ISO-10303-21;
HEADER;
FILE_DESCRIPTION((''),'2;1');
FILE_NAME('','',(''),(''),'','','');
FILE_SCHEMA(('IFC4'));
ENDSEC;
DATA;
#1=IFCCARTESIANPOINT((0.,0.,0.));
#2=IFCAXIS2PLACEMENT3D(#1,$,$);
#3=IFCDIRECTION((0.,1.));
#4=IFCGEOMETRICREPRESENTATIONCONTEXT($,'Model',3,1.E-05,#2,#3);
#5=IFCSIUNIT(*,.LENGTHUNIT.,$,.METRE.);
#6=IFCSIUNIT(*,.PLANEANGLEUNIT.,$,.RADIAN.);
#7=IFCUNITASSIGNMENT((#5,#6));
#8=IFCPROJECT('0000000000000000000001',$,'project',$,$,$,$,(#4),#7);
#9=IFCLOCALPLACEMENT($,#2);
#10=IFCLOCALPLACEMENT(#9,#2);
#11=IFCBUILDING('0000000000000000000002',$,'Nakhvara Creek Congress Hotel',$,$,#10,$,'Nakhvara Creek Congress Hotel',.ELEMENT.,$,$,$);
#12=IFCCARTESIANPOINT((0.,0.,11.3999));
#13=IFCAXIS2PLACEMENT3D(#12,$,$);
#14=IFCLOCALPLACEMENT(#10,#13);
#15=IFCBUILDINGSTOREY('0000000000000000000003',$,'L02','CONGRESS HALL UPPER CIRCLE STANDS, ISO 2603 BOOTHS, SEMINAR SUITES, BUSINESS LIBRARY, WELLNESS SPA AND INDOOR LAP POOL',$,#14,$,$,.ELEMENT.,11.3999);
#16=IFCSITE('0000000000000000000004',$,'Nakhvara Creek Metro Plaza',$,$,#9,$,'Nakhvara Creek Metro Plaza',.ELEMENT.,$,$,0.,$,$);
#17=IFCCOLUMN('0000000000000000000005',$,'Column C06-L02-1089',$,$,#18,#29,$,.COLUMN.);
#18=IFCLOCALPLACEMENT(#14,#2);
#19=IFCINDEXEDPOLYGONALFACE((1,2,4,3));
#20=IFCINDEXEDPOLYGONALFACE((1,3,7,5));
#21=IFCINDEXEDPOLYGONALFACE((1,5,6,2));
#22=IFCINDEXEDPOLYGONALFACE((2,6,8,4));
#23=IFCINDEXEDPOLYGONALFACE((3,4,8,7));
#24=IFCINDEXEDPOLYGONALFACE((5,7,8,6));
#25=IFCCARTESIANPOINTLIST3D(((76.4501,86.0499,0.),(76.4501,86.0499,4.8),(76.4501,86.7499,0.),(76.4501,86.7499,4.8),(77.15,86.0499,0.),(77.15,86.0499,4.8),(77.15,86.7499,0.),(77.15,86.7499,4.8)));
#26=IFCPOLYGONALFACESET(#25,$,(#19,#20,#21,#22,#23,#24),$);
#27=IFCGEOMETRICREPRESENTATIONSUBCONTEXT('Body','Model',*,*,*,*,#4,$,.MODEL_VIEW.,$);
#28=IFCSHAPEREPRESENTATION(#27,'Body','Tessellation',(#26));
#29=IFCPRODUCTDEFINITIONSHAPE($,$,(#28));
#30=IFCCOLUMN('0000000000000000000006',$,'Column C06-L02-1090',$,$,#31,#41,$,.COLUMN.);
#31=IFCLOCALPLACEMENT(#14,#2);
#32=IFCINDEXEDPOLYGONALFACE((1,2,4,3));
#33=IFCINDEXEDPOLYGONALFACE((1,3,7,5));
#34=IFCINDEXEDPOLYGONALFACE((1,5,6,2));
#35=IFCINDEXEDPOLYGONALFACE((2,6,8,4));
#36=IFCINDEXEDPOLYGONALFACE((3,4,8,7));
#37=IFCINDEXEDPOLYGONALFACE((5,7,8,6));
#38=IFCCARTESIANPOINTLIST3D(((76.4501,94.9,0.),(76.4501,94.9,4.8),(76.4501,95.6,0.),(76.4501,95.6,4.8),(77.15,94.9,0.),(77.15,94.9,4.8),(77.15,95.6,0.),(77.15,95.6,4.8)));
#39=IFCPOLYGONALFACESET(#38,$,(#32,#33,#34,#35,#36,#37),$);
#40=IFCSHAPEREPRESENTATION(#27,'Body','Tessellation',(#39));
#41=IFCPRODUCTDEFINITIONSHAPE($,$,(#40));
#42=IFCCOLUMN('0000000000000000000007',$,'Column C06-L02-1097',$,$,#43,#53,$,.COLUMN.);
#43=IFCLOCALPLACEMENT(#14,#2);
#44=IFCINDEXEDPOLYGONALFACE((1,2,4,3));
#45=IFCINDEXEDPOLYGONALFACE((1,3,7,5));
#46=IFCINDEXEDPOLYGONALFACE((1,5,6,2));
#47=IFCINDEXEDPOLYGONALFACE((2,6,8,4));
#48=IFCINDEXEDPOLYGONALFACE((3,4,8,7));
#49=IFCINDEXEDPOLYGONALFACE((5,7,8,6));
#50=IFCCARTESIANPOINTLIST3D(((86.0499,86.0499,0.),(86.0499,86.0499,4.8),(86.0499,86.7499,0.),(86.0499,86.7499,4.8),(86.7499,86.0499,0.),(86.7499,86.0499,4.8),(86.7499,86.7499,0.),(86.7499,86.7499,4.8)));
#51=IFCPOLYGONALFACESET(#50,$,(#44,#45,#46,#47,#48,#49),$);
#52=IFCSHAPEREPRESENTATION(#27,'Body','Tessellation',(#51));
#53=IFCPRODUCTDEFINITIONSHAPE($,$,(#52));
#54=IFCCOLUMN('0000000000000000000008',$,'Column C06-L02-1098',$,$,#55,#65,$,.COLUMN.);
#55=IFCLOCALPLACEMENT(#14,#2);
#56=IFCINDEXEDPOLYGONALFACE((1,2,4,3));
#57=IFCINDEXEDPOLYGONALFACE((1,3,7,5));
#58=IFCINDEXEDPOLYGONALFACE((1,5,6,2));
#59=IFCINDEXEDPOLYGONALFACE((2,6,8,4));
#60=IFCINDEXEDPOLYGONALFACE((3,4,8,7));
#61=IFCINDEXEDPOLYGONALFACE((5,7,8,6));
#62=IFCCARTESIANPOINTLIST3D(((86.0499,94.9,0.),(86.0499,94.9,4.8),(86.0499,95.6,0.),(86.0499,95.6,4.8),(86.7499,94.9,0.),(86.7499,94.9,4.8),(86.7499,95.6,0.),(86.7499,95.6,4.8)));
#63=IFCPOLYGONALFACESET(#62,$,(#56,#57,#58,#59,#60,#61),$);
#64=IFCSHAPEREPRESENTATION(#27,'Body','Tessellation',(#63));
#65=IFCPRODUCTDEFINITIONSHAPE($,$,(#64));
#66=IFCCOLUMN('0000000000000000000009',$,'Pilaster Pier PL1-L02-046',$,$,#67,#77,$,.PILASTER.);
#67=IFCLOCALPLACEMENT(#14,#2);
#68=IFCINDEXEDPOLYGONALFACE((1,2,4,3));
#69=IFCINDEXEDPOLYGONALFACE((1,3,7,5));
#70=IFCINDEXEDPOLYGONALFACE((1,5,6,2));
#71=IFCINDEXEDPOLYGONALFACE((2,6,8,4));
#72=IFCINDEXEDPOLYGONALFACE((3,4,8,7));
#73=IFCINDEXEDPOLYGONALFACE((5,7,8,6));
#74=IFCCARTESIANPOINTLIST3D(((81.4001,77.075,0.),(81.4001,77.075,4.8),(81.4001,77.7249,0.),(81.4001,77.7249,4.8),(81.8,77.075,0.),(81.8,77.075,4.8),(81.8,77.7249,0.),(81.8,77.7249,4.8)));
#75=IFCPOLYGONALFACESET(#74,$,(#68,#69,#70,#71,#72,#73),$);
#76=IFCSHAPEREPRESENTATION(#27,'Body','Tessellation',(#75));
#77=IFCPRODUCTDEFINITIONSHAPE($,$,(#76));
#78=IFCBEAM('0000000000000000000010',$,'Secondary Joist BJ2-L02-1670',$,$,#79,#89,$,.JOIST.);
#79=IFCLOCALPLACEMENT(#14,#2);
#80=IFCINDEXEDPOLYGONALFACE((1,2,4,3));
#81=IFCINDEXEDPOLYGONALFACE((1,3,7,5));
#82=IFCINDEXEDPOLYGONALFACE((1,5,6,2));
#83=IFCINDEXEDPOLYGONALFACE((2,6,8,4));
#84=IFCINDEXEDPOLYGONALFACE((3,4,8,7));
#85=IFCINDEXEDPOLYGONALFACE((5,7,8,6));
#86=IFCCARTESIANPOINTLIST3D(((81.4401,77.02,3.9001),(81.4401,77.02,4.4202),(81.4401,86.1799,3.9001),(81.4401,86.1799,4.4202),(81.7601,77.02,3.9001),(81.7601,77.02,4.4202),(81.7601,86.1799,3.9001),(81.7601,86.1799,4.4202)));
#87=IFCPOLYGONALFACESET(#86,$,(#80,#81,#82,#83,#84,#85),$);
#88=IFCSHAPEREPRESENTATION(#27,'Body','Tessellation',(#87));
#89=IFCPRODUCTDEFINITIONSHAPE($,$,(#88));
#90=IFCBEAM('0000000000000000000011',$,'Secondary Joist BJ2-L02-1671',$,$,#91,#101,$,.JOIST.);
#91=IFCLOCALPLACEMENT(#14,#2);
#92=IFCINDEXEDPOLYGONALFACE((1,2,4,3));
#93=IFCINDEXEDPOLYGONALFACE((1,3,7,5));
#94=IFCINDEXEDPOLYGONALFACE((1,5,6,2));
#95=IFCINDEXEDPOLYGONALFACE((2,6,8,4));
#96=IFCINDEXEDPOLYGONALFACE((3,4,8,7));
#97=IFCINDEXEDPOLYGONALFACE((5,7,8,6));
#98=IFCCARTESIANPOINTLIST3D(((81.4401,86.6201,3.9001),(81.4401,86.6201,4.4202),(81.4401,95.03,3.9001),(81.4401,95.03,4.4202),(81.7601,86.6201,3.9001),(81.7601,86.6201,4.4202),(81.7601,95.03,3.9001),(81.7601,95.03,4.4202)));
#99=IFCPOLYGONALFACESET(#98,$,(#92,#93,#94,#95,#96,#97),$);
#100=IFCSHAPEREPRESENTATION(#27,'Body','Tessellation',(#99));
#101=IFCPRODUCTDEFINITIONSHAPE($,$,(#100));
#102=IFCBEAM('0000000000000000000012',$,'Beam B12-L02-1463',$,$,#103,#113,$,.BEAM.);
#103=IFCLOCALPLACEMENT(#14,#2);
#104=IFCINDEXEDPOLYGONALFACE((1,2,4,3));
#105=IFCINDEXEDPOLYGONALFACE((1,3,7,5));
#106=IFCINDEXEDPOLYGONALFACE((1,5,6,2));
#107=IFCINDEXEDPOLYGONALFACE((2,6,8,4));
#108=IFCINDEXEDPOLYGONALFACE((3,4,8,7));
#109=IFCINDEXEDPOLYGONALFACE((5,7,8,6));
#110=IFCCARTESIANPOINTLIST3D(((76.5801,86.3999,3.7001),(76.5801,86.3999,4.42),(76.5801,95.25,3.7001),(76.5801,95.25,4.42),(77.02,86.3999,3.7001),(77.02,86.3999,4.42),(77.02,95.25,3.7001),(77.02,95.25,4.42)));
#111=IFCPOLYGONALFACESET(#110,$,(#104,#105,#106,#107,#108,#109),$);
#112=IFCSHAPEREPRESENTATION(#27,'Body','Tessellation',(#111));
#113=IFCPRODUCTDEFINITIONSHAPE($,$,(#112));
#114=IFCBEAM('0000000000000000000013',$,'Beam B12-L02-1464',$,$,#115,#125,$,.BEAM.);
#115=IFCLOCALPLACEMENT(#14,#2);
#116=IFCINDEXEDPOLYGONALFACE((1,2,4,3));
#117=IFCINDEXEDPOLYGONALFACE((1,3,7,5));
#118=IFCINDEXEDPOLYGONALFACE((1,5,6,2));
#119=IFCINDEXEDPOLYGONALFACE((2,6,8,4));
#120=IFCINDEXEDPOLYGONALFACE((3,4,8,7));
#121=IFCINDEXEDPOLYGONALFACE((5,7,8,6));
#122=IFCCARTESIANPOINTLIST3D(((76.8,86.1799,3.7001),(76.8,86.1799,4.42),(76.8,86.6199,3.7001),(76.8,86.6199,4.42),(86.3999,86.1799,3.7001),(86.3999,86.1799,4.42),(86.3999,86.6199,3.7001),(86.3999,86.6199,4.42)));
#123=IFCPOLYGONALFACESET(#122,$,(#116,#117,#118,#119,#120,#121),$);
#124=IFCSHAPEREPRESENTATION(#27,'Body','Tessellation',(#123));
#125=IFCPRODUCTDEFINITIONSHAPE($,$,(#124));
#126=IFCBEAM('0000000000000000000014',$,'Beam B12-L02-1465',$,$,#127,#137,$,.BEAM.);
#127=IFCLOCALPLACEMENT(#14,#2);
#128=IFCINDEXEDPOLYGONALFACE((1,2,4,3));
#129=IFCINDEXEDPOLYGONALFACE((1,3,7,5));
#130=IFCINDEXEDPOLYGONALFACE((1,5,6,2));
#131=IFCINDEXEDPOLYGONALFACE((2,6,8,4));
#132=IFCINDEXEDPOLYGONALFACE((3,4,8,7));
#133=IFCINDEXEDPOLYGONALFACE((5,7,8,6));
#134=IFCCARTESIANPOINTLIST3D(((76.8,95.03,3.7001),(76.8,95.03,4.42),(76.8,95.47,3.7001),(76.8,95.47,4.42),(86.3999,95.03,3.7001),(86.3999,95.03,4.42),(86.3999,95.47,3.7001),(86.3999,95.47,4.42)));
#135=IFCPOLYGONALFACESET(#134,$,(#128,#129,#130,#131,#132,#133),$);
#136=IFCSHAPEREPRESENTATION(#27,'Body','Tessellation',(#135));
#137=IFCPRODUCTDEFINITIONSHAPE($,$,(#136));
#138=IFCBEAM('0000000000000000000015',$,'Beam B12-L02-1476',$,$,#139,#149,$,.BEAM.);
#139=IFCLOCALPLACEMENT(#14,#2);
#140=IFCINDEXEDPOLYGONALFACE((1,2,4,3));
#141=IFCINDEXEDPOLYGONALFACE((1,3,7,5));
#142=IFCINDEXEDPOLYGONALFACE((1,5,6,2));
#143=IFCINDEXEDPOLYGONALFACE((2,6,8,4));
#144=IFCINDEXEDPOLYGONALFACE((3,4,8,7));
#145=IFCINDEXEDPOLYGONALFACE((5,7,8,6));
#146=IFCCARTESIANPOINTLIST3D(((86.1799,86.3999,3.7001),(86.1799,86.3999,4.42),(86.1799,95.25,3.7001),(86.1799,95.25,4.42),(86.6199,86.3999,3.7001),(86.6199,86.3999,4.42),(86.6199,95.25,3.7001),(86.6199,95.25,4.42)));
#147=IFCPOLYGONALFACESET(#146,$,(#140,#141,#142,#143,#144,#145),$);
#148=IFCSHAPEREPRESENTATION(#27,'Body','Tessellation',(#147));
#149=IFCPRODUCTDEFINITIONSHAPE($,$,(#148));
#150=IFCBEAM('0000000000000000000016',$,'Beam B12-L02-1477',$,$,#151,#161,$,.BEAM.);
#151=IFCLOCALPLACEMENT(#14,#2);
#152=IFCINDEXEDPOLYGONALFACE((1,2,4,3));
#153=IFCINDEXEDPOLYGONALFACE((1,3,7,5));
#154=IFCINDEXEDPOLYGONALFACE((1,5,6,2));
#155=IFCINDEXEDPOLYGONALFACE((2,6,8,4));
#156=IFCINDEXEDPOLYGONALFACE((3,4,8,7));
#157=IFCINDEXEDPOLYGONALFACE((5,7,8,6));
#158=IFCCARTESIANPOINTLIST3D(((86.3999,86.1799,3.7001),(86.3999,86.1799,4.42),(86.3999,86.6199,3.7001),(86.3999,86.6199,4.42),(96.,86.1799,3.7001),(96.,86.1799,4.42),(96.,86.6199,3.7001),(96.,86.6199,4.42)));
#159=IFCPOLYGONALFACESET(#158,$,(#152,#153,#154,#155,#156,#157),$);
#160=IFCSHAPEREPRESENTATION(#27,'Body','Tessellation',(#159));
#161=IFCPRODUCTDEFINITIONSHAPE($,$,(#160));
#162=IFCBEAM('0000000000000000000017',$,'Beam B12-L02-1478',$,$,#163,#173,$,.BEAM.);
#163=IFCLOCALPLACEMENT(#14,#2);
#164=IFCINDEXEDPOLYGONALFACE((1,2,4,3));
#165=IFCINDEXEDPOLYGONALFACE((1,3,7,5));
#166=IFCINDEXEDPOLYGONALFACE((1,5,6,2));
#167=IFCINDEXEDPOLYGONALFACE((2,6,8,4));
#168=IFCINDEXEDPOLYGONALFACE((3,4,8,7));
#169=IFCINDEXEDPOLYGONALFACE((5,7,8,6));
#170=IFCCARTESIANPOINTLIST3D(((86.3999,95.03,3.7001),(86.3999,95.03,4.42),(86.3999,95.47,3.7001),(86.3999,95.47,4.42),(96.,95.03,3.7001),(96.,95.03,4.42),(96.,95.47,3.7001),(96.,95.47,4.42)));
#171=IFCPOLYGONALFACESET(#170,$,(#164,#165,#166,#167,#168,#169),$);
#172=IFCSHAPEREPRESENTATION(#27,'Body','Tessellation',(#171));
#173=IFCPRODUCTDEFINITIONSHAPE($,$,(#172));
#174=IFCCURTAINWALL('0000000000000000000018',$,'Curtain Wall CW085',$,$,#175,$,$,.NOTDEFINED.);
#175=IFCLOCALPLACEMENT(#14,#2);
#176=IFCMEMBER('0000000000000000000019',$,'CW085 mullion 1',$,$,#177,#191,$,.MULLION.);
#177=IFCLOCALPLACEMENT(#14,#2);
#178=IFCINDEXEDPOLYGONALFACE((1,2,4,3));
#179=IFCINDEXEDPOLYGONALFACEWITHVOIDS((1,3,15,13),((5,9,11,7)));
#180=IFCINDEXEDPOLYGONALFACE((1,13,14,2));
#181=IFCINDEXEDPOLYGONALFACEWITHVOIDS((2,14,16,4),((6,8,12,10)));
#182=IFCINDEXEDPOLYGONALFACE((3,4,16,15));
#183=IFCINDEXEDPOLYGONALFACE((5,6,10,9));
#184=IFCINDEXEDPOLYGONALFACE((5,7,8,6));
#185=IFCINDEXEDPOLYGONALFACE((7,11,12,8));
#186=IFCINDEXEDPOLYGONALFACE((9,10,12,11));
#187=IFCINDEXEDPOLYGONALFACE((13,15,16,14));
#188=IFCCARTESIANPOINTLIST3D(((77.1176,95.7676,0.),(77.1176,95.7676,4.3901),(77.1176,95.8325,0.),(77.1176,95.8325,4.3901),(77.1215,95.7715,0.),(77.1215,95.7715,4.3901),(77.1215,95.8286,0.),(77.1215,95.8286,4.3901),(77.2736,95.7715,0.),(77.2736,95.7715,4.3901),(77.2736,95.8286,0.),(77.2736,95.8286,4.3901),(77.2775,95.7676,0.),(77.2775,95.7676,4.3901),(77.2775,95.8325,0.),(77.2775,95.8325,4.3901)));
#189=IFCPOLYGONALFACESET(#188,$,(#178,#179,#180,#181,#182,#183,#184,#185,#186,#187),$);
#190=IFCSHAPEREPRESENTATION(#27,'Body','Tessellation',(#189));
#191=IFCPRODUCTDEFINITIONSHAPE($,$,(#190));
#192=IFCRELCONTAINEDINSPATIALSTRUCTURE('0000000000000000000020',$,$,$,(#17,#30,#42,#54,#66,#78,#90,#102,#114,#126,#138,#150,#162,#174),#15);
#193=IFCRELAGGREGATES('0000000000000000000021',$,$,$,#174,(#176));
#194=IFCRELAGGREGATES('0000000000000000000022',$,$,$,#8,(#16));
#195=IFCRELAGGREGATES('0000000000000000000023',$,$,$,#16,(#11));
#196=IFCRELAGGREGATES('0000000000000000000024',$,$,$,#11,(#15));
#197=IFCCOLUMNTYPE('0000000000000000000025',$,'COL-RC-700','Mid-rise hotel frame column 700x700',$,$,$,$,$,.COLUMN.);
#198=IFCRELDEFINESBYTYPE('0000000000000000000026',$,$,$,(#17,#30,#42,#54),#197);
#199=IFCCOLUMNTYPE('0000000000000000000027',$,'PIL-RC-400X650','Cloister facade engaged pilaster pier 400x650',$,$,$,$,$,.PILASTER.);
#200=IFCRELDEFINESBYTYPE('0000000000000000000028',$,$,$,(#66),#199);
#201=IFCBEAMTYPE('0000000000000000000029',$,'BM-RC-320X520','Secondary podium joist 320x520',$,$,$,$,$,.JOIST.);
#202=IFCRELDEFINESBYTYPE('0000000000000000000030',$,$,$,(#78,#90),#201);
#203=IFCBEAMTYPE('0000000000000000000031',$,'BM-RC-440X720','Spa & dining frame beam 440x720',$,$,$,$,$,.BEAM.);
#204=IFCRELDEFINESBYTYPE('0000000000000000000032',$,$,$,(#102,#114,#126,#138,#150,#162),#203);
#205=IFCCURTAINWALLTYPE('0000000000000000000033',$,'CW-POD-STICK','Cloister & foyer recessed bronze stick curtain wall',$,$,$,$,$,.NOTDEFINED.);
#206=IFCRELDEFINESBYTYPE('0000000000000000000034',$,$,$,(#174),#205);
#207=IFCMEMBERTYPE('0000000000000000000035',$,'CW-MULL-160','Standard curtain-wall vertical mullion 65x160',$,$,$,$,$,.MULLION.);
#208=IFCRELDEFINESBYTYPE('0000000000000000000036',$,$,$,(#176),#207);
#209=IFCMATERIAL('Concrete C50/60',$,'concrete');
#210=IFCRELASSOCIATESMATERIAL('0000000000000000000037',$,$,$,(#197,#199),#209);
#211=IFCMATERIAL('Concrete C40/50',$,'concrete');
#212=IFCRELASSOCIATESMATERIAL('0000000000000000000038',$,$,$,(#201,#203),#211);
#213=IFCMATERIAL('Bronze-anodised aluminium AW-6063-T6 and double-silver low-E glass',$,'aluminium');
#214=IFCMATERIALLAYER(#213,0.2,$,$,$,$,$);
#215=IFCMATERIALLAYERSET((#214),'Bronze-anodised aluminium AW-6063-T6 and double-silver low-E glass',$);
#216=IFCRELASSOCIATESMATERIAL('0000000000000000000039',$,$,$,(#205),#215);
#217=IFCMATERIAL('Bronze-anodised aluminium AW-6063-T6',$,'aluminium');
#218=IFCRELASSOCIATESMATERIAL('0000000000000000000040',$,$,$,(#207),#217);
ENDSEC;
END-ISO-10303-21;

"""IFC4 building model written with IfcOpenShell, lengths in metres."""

from ifc_helpers import new_model, si_unit, direction, frame, origin, origin_2d, place, context, subcontext, project, spatial, rectangle, hollow_rectangle, extrude, material, layer, layer_set, material_profile, profile_set, type_object, element, aggregate, save


model = new_model("IFC4")

# Units and contexts
model_context = context("Model", 3, precision=1e-05, world=origin(), true_north=direction((0.0, 1.0)))
body_context = subcontext(model_context, "Body", "Model", "MODEL_VIEW")
ifc_project = project(units=[si_unit("LENGTHUNIT", "METRE"), si_unit("PLANEANGLEUNIT", "RADIAN")], contexts=[model_context])

# Site, building, storey
site_placement = place(None, origin())
site = spatial("IfcSite", under=ifc_project, at=site_placement, Name="Nakhvara Creek Metro Plaza", LongName="Nakhvara Creek Metro Plaza", CompositionType="ELEMENT", RefElevation=0.0)
building_placement = place(site_placement, origin())
building = spatial("IfcBuilding", under=site, at=building_placement, Name="Nakhvara Creek Congress Hotel", LongName="Nakhvara Creek Congress Hotel", CompositionType="ELEMENT")
storey_placement = place(building_placement, frame((0.0, 0.0, 11.3999)))
storey = spatial("IfcBuildingStorey", under=building, at=storey_placement, Name="L02", Description="CONGRESS HALL UPPER CIRCLE STANDS, ISO 2603 BOOTHS, SEMINAR SUITES, BUSINESS LIBRARY, WELLNESS SPA AND INDOOR LAP POOL", CompositionType="ELEMENT", Elevation=11.3999)

# Columns
ifc_material_1 = material(Name="Concrete C50/60", Category="concrete")
ifc_material_profile_1 = material_profile(ifc_material_1, rectangle(XDim=0.7, YDim=0.7, at=origin_2d()), Name="RC-COL 700x700", Category="LoadBearing")
ifc_profile_set_1 = profile_set([ifc_material_profile_1], Name="Concrete C50/60")
column_type_1 = type_object("IfcColumnType", Name="COL-RC-700", Description="Mid-rise hotel frame column 700x700", PredefinedType="COLUMN", material=ifc_profile_set_1)
for number, where, z_axis, x_axis, name in (
    (1, (76.8, 86.3999, 0.0), (0.0, 0.0, 1.0), (1.0, 0.0, 0.0), "Column C06-L02-1089"),
    (2, (76.8, 95.25, 0.0), (0.0, 0.0, 1.0), (1.0, 0.0, 0.0), "Column C06-L02-1090"),
    (3, (86.3999, 86.3999, 0.0), (0.0, 0.0, 1.0), (1.0, 0.0, 0.0), "Column C06-L02-1097"),
    (4, (86.3999, 95.25, 0.0), (0.0, 0.0, 1.0), (1.0, 0.0, 0.0), "Column C06-L02-1098"),
):
    element("IfcColumn", number, at=place(storey_placement, frame(where, z_axis=z_axis, x_axis=x_axis)), inside=storey, type_object=column_type_1, Name=name, PredefinedType="COLUMN", context=body_context, shape_type="SweptSolid", body=[
        extrude(rectangle(XDim=0.7, YDim=0.7, at=origin_2d()), origin(), (0.0, 0.0, 1.0), 4.8),
    ])
ifc_material_profile_2 = material_profile(ifc_material_1, rectangle(XDim=0.3999, YDim=0.6499, at=origin_2d()), Name="RC-PIL 400x650", Category="LoadBearing")
ifc_profile_set_2 = profile_set([ifc_material_profile_2], Name="Concrete C50/60")
column_type_2 = type_object("IfcColumnType", Name="PIL-RC-400X650", Description="Cloister facade engaged pilaster pier 400x650", PredefinedType="PILASTER", material=ifc_profile_set_2)
column_placement = place(storey_placement, frame((81.6001, 77.3999, 0.0), z_axis=(0.0, 0.0, 1.0), x_axis=(1.0, 0.0, 0.0)))
element("IfcColumn", 5, at=column_placement, inside=storey, type_object=column_type_2, Name="Pilaster Pier PL1-L02-046", PredefinedType="PILASTER", context=body_context, shape_type="SweptSolid", body=[
    extrude(rectangle(XDim=0.3999, YDim=0.6499, at=origin_2d()), origin(), (0.0, 0.0, 1.0), 4.8),
])

# Beams
ifc_material_2 = material(Name="Concrete C40/50", Category="concrete")
ifc_material_profile_3 = material_profile(ifc_material_2, rectangle(XDim=0.3201, YDim=0.52, at=origin_2d()), Name="RC-BM 320x520", Category="LoadBearing")
ifc_profile_set_3 = profile_set([ifc_material_profile_3], Name="Concrete C40/50")
beam_type_1 = type_object("IfcBeamType", Name="BM-RC-320X520", Description="Secondary podium joist 320x520", PredefinedType="JOIST", material=ifc_profile_set_3)
beam_1_placement = place(storey_placement, frame((81.6001, 77.02, 4.1602), z_axis=(0.0, 1.0, 0.0), x_axis=(-1.0, 0.0, 0.0)))
element("IfcBeam", 6, at=beam_1_placement, inside=storey, type_object=beam_type_1, Name="Secondary Joist BJ2-L02-1670", PredefinedType="JOIST", context=body_context, shape_type="SweptSolid", body=[
    extrude(rectangle(XDim=0.3201, YDim=0.52, at=origin_2d()), origin(), (0.0, 0.0, 1.0), 9.1599),
])
beam_2_placement = place(storey_placement, frame((81.6001, 86.6201, 4.1602), z_axis=(0.0, 1.0, 0.0), x_axis=(-1.0, 0.0, 0.0)))
element("IfcBeam", 7, at=beam_2_placement, inside=storey, type_object=beam_type_1, Name="Secondary Joist BJ2-L02-1671", PredefinedType="JOIST", context=body_context, shape_type="SweptSolid", body=[
    extrude(rectangle(XDim=0.3201, YDim=0.52, at=origin_2d()), origin(), (0.0, 0.0, 1.0), 8.4099),
])
ifc_material_profile_4 = material_profile(ifc_material_2, rectangle(XDim=0.4399, YDim=0.72, at=origin_2d()), Name="RC-BM 440x720", Category="LoadBearing")
ifc_profile_set_4 = profile_set([ifc_material_profile_4], Name="Concrete C40/50")
beam_type_2 = type_object("IfcBeamType", Name="BM-RC-440X720", Description="Spa & dining frame beam 440x720", PredefinedType="BEAM", material=ifc_profile_set_4)
beam_3_placement = place(storey_placement, frame((76.8, 86.3999, 4.0601), z_axis=(0.0, 1.0, 0.0), x_axis=(-1.0, 0.0, 0.0)))
element("IfcBeam", 8, at=beam_3_placement, inside=storey, type_object=beam_type_2, Name="Beam B12-L02-1463", PredefinedType="BEAM", context=body_context, shape_type="SweptSolid", body=[
    extrude(rectangle(XDim=0.4399, YDim=0.72, at=origin_2d()), origin(), (0.0, 0.0, 1.0), 8.8501),
])
for number, where, z_axis, x_axis, name in (
    (9, (76.8, 86.3999, 4.0601), (1.0, 0.0, 0.0), (0.0, 1.0, 0.0), "Beam B12-L02-1464"),
    (10, (76.8, 95.25, 4.0601), (1.0, 0.0, 0.0), (0.0, 1.0, 0.0), "Beam B12-L02-1465"),
):
    element("IfcBeam", number, at=place(storey_placement, frame(where, z_axis=z_axis, x_axis=x_axis)), inside=storey, type_object=beam_type_2, Name=name, PredefinedType="BEAM", context=body_context, shape_type="SweptSolid", body=[
        extrude(rectangle(XDim=0.4399, YDim=0.72, at=origin_2d()), origin(), (0.0, 0.0, 1.0), 9.5999),
    ])
beam_4_placement = place(storey_placement, frame((86.3999, 86.3999, 4.0601), z_axis=(0.0, 1.0, 0.0), x_axis=(-1.0, 0.0, 0.0)))
element("IfcBeam", 11, at=beam_4_placement, inside=storey, type_object=beam_type_2, Name="Beam B12-L02-1476", PredefinedType="BEAM", context=body_context, shape_type="SweptSolid", body=[
    extrude(rectangle(XDim=0.4399, YDim=0.72, at=origin_2d()), origin(), (0.0, 0.0, 1.0), 8.8501),
])
for number, where, z_axis, x_axis, name in (
    (12, (86.3999, 86.3999, 4.0601), (1.0, 0.0, 0.0), (0.0, 1.0, 0.0), "Beam B12-L02-1477"),
    (13, (86.3999, 95.25, 4.0601), (1.0, 0.0, 0.0), (0.0, 1.0, 0.0), "Beam B12-L02-1478"),
):
    element("IfcBeam", number, at=place(storey_placement, frame(where, z_axis=z_axis, x_axis=x_axis)), inside=storey, type_object=beam_type_2, Name=name, PredefinedType="BEAM", context=body_context, shape_type="SweptSolid", body=[
        extrude(rectangle(XDim=0.4399, YDim=0.72, at=origin_2d()), origin(), (0.0, 0.0, 1.0), 9.6001),
    ])

# Curtain wall, member
ifc_material_3 = material(Name="Bronze-anodised aluminium AW-6063-T6 and double-silver low-E glass", Category="aluminium")
ifc_layer_1 = layer(ifc_material_3, 0.2)
ifc_layer_set_1 = layer_set([ifc_layer_1], Name="Bronze-anodised aluminium AW-6063-T6 and double-silver low-E glass")
curtain_wall_type_1 = type_object("IfcCurtainWallType", Name="CW-POD-STICK", Description="Cloister & foyer recessed bronze stick curtain wall", PredefinedType="NOTDEFINED", material=ifc_layer_set_1)
curtain_wall_1_placement = place(storey_placement, origin())
curtain_wall_1 = element("IfcCurtainWall", 14, at=curtain_wall_1_placement, inside=storey, type_object=curtain_wall_type_1, Name="Curtain Wall CW085", PredefinedType="NOTDEFINED")
ifc_material_4 = material(Name="Bronze-anodised aluminium AW-6063-T6", Category="aluminium")
ifc_material_profile_5 = material_profile(ifc_material_4, hollow_rectangle(XDim=0.0649, YDim=0.1599, WallThickness=0.0039, at=origin_2d()), Name="ALU-MULL 65x160x4", Category="LoadBearing")
ifc_profile_set_5 = profile_set([ifc_material_profile_5], Name="Bronze-anodised aluminium AW-6063-T6")
member_type_1 = type_object("IfcMemberType", Name="CW-MULL-160", Description="Standard curtain-wall vertical mullion 65x160", PredefinedType="MULLION", material=ifc_profile_set_5)
member_1_placement = place(storey_placement, frame((77.1975, 95.8, 0.0), z_axis=(0.0, 0.0, 1.0), x_axis=(0.0, 1.0, 0.0)))
member_1 = element("IfcMember", 15, at=member_1_placement, type_object=member_type_1, Name="CW085 mullion 1", PredefinedType="MULLION", context=body_context, shape_type="SweptSolid", body=[
    extrude(hollow_rectangle(XDim=0.0649, YDim=0.1599, WallThickness=0.0039, at=origin_2d()), origin(), (0.0, 0.0, 1.0), 4.3901),
])

aggregate(curtain_wall_1, [member_1])

save(model, "model.ifc")
